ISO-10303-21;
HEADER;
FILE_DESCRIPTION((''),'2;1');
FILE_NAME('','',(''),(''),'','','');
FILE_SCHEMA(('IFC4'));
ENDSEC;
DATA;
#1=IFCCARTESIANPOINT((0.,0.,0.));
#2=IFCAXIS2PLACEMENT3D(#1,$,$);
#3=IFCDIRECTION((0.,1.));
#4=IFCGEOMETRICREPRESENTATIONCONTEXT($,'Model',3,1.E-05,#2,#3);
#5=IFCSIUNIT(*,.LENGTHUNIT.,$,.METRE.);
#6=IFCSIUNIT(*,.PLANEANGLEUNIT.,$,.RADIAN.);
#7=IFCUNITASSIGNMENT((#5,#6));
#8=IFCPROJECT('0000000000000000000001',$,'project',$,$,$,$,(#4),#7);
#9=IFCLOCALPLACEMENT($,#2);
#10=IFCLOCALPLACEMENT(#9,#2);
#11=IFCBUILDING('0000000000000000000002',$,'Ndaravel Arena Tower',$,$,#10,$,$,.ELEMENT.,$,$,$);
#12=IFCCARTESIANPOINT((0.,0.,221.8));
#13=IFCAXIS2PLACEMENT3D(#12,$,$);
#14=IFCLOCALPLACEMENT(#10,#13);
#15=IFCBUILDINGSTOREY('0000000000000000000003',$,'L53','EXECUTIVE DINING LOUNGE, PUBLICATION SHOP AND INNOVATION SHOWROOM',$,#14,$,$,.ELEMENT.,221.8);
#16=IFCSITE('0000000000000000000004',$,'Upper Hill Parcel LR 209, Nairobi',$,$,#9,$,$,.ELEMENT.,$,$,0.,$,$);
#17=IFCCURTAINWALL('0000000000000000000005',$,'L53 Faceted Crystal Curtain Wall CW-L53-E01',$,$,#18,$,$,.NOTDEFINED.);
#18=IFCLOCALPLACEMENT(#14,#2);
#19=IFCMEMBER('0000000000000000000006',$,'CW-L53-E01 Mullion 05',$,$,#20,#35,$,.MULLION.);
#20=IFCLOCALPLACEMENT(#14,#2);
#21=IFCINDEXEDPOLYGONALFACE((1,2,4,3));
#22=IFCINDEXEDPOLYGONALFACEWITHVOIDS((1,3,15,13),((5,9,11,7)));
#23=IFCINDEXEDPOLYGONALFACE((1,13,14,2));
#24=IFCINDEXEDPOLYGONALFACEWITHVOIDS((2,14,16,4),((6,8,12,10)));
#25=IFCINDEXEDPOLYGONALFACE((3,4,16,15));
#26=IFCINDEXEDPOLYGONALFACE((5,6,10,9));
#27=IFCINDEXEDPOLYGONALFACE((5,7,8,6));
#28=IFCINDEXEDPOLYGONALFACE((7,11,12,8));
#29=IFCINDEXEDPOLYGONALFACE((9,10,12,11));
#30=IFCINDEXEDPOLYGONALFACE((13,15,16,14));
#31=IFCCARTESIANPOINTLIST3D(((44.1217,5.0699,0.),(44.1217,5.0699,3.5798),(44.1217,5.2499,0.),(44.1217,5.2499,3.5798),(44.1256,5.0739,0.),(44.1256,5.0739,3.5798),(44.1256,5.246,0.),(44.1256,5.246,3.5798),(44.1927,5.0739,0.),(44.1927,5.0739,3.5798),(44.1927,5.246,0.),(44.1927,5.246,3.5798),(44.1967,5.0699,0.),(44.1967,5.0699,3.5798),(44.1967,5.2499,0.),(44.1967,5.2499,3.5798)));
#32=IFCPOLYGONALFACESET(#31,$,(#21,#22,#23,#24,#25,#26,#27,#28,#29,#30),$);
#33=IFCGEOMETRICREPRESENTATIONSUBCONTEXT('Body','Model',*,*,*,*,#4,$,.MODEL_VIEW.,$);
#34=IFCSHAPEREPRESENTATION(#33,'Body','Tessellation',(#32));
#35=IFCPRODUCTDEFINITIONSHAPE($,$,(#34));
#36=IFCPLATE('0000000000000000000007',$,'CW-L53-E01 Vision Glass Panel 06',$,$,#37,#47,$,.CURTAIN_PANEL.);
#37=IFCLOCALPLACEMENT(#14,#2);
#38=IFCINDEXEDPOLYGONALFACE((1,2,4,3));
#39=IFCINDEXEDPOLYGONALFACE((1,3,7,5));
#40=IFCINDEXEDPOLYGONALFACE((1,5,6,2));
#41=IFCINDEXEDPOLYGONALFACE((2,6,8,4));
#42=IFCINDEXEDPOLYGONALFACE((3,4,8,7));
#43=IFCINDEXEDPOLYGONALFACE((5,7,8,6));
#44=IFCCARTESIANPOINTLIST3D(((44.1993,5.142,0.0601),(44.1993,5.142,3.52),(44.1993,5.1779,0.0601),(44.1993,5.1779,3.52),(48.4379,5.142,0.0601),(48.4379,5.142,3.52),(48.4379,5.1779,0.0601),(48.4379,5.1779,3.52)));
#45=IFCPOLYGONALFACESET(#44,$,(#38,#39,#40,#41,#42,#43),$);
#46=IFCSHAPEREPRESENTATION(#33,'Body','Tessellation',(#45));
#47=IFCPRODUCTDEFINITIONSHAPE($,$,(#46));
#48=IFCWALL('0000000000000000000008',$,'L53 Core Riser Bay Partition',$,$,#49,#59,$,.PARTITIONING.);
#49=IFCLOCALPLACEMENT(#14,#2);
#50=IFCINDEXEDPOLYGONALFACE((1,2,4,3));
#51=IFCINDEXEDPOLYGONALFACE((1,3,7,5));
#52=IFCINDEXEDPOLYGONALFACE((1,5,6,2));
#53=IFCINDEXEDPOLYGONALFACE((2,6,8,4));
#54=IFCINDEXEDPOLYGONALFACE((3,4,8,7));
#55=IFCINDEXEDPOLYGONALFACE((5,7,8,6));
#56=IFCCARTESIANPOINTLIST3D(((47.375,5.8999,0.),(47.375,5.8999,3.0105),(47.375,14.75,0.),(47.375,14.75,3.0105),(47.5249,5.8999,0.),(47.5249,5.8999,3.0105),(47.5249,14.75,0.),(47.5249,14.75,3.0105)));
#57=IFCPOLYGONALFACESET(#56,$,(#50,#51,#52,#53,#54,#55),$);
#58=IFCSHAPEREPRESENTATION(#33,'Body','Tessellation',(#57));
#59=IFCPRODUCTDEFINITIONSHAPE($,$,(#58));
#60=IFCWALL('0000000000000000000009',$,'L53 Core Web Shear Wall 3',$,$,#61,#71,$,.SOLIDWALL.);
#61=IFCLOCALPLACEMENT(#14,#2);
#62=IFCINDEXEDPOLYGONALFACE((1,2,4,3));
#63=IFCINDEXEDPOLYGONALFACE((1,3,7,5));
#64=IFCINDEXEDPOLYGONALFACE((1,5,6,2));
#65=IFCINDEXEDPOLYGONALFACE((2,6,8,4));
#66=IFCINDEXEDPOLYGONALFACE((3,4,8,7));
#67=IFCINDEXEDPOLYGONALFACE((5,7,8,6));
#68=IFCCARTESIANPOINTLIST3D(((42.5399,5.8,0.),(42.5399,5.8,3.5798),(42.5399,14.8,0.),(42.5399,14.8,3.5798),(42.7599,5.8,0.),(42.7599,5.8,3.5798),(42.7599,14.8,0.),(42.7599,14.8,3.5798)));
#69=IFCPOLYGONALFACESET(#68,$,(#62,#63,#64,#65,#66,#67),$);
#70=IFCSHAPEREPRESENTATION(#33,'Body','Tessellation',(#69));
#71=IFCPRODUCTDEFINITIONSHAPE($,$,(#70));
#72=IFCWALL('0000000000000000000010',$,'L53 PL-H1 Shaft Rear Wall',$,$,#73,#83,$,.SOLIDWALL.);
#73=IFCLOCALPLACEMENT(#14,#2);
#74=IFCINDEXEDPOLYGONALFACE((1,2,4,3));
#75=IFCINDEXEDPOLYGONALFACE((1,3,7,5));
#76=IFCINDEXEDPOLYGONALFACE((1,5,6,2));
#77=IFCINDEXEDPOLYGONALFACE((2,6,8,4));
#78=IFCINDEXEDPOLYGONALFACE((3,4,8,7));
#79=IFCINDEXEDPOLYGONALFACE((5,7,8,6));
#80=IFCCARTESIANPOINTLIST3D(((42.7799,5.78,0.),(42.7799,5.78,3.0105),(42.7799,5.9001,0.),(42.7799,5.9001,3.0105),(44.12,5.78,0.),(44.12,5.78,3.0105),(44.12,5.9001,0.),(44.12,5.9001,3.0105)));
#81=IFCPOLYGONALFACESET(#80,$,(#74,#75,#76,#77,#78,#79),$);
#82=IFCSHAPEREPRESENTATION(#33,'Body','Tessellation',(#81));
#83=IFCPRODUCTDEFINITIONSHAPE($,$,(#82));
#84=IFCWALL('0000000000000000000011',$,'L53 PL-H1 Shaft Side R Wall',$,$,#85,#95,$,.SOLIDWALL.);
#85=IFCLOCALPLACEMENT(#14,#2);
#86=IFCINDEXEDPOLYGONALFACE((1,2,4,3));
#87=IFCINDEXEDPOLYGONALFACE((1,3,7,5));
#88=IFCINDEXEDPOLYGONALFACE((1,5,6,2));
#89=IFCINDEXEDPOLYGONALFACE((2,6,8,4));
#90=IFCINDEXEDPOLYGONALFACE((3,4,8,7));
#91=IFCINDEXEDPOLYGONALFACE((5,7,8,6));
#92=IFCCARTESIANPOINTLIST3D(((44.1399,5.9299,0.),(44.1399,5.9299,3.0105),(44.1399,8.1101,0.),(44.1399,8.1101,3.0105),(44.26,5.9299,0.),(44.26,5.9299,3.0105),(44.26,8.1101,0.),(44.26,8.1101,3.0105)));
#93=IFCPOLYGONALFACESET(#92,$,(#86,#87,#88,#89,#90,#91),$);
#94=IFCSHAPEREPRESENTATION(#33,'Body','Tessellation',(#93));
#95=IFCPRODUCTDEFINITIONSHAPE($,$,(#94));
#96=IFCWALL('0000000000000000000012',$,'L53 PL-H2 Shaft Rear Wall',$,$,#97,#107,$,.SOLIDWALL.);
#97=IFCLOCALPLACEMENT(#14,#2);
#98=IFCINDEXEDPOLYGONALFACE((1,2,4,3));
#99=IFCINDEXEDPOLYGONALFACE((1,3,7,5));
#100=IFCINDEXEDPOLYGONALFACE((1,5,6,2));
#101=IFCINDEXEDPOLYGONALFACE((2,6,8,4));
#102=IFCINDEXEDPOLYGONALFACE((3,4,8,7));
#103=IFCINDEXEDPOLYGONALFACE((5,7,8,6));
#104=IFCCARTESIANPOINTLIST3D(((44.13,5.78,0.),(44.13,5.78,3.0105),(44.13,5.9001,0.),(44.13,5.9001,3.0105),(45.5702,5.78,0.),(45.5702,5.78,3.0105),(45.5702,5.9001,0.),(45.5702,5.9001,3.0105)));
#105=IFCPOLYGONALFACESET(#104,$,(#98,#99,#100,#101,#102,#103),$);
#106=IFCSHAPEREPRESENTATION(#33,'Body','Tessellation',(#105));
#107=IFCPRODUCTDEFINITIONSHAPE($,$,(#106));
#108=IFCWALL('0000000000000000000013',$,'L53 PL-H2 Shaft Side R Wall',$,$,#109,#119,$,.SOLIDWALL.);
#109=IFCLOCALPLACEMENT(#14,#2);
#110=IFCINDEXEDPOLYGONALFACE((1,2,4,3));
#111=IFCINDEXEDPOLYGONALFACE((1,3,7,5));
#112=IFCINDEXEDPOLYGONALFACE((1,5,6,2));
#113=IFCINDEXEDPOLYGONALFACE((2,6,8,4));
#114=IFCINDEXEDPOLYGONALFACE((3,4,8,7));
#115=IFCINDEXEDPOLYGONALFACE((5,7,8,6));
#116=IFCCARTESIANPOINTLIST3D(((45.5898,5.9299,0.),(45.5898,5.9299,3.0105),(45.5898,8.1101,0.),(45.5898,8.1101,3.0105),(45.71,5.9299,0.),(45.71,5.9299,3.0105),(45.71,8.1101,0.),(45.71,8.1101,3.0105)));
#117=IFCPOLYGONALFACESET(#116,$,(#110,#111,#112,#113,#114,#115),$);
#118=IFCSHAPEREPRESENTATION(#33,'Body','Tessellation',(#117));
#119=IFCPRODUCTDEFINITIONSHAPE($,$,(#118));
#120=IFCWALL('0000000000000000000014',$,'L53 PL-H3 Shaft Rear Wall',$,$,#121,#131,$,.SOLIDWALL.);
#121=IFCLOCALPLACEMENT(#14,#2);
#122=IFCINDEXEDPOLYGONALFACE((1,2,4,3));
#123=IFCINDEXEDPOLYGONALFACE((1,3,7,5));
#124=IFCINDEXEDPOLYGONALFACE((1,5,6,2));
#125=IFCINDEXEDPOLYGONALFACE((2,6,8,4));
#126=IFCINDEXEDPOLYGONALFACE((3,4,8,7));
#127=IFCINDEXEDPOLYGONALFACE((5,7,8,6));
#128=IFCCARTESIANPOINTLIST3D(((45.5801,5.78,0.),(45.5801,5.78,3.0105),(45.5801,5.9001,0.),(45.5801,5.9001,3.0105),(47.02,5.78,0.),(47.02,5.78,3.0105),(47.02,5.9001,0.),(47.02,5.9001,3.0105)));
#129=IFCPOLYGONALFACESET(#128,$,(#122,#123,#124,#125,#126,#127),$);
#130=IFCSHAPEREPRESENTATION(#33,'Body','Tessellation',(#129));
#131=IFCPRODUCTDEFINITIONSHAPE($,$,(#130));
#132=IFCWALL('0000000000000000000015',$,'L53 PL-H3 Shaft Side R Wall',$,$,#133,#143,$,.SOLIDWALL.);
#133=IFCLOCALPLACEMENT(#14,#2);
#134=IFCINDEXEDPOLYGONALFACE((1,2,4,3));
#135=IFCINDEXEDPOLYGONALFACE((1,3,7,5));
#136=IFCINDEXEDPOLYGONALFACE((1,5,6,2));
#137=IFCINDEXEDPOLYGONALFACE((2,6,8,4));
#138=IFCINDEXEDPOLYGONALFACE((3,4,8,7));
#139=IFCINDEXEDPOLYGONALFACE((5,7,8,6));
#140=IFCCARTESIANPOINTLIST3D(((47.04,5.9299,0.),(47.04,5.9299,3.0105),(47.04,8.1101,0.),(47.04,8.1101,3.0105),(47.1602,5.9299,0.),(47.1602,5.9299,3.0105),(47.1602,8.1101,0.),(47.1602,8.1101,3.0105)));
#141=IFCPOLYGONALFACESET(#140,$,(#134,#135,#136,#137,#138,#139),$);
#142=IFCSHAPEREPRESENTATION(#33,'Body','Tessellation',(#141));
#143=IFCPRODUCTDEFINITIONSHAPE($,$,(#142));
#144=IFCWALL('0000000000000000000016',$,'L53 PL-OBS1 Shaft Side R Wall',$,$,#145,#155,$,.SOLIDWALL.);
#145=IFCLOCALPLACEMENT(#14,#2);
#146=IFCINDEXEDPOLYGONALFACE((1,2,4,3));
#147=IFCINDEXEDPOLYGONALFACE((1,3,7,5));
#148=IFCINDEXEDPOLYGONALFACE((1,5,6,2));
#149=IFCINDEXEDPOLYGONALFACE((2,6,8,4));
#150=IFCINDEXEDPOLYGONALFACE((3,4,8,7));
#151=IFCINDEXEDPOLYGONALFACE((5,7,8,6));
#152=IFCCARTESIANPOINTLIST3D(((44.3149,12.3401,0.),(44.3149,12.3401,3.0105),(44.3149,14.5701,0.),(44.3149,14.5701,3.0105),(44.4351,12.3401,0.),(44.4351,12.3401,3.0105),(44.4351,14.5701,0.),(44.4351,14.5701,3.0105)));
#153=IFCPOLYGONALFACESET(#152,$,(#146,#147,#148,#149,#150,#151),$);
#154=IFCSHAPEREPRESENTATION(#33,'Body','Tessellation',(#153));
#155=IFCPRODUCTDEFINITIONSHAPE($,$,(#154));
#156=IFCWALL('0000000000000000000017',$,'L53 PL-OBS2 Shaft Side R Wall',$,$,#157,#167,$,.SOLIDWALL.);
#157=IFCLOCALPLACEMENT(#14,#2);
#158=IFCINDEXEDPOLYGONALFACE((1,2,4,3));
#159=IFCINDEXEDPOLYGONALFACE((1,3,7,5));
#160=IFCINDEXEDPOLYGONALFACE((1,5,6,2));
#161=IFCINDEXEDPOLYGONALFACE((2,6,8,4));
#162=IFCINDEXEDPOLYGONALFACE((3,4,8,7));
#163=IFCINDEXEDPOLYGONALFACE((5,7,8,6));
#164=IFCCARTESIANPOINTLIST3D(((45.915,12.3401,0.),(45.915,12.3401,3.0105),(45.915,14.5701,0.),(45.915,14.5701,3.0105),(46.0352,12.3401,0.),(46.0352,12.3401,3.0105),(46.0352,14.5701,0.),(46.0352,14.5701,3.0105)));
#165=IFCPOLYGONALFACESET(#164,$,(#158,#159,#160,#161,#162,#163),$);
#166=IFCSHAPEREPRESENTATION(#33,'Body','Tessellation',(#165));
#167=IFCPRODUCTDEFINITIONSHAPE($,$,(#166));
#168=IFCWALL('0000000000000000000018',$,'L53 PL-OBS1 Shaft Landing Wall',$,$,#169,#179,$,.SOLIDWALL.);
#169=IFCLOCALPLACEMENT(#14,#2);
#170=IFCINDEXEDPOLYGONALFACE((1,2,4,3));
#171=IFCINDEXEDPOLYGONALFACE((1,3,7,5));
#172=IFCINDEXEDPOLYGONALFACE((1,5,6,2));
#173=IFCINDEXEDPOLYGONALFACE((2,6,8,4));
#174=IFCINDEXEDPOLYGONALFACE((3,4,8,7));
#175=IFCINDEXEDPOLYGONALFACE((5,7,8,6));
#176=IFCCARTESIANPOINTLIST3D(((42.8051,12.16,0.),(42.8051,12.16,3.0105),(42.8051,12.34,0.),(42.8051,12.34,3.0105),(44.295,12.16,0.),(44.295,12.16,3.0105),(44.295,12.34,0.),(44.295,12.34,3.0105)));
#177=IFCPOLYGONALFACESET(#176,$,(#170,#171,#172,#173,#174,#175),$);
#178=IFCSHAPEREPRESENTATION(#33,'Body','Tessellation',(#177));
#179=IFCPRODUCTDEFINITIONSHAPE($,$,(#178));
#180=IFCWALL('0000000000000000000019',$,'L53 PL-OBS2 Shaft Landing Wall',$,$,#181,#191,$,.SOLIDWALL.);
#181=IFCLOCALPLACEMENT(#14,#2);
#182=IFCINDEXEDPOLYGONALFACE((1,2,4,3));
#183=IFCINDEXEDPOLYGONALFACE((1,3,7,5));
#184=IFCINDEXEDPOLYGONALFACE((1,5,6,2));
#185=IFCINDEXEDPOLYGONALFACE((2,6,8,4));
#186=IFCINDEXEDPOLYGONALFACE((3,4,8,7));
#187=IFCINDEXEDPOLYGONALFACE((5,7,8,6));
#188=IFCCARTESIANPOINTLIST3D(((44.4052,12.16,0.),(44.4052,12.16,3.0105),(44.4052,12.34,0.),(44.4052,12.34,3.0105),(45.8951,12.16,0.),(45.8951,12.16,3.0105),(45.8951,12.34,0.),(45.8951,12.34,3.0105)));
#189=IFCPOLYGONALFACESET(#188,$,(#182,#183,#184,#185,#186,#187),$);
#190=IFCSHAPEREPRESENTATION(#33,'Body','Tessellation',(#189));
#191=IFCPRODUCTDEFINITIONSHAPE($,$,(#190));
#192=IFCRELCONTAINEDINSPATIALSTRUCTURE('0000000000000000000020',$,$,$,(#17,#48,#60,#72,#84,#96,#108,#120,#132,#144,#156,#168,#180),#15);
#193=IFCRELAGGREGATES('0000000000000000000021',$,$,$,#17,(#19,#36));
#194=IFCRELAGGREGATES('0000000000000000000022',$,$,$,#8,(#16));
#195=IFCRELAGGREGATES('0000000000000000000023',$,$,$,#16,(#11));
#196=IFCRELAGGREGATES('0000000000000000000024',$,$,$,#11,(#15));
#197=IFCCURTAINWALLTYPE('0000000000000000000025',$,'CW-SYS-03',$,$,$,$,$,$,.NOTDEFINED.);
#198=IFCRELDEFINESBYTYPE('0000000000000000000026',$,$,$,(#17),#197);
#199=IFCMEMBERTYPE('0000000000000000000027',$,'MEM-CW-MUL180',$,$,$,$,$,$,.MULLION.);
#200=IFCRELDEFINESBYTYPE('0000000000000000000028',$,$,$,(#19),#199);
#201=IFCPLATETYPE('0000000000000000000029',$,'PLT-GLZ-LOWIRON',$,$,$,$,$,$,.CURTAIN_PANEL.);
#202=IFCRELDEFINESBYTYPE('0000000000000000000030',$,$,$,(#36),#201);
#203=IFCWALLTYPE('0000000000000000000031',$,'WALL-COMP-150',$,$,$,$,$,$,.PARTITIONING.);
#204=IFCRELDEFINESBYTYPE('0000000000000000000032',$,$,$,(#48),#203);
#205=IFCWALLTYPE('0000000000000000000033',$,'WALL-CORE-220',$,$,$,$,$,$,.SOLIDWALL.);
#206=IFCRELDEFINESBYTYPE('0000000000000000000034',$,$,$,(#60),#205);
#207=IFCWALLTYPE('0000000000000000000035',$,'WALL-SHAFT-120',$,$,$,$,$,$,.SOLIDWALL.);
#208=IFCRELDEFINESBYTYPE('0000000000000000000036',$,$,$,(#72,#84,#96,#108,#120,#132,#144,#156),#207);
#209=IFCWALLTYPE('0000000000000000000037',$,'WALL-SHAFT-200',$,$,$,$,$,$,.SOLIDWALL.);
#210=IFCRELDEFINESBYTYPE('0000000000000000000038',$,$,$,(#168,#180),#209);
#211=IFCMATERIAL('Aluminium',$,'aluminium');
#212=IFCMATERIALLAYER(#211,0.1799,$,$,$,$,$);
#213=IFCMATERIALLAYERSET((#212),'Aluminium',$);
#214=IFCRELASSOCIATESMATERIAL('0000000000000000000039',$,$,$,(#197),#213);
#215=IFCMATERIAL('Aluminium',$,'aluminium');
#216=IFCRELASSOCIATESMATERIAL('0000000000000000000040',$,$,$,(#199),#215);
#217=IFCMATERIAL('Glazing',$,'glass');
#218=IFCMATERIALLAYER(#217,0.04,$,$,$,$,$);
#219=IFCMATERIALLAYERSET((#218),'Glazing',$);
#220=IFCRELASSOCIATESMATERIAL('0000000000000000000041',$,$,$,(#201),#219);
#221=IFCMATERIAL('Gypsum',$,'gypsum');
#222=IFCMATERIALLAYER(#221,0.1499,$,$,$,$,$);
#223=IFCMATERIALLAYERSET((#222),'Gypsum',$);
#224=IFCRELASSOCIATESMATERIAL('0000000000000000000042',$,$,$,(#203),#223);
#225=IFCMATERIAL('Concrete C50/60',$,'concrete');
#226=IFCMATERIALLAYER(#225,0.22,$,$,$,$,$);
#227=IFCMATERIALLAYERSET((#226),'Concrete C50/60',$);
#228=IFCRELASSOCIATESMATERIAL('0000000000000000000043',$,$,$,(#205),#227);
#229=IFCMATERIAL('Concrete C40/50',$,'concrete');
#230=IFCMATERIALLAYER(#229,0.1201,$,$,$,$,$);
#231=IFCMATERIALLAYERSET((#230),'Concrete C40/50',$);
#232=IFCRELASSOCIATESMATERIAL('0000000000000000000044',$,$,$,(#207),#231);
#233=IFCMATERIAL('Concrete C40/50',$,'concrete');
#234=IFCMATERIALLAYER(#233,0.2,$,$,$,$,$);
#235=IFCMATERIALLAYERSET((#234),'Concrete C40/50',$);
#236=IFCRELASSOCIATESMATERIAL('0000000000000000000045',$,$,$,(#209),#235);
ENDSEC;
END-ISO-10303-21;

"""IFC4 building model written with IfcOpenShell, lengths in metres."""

from ifc_helpers import new_model, si_unit, direction, frame, frame_2d, origin, origin_2d, place, context, subcontext, project, spatial, rectangle, hollow_rectangle, extrude, material, layer, layer_set, material_profile, profile_set, type_object, element, aggregate, save


model = new_model("IFC4")

# Units and contexts
model_context = context("Model", 3, precision=1e-05, world=origin(), true_north=direction((0.0, 1.0)))
body_context = subcontext(model_context, "Body", "Model", "MODEL_VIEW")
ifc_project = project(units=[si_unit("LENGTHUNIT", "METRE"), si_unit("PLANEANGLEUNIT", "RADIAN")], contexts=[model_context])

# Site, building, storey
site_placement = place(None, origin())
site = spatial("IfcSite", under=ifc_project, at=site_placement, Name="Upper Hill Parcel LR 209, Nairobi", CompositionType="ELEMENT", RefElevation=0.0)
building_placement = place(site_placement, origin())
building = spatial("IfcBuilding", under=site, at=building_placement, Name="Ndaravel Arena Tower", CompositionType="ELEMENT")
storey_placement = place(building_placement, frame((0.0, 0.0, 221.8)))
storey = spatial("IfcBuildingStorey", under=building, at=storey_placement, Name="L53", Description="EXECUTIVE DINING LOUNGE, PUBLICATION SHOP AND INNOVATION SHOWROOM", CompositionType="ELEMENT", Elevation=221.8)

# Curtain wall, member, plate
ifc_material_1 = material(Name="Aluminium", Category="aluminium")
ifc_layer_1 = layer(ifc_material_1, 0.1799)
ifc_layer_set_1 = layer_set([ifc_layer_1], Name="Aluminium")
curtain_wall_type = type_object("IfcCurtainWallType", Name="CW-SYS-03", PredefinedType="NOTDEFINED", material=ifc_layer_set_1)
curtain_wall_placement = place(storey_placement, origin())
curtain_wall = element("IfcCurtainWall", 1, at=curtain_wall_placement, inside=storey, type_object=curtain_wall_type, Name="L53 Faceted Crystal Curtain Wall CW-L53-E01", PredefinedType="NOTDEFINED")
ifc_material_2 = material(Name="Aluminium", Category="aluminium")
ifc_material_profile = material_profile(ifc_material_2, hollow_rectangle(XDim=0.075, YDim=0.1799, WallThickness=0.0039, at=origin_2d()), Name="CW MULLION 75x180x4")
ifc_profile_set = profile_set([ifc_material_profile], Name="Aluminium")
member_type = type_object("IfcMemberType", Name="MEM-CW-MUL180", PredefinedType="MULLION", material=ifc_profile_set)
member_placement = place(storey_placement, frame((44.1592, 5.1599, 0.0), z_axis=(0.0, 0.0, 1.0), x_axis=(1.0, 0.0, 0.0)))
member = element("IfcMember", 2, at=member_placement, type_object=member_type, Name="CW-L53-E01 Mullion 05", PredefinedType="MULLION", context=body_context, shape_type="SweptSolid", body=[
    extrude(hollow_rectangle(XDim=0.075, YDim=0.1799, WallThickness=0.0039, at=origin_2d()), origin(), (0.0, 0.0, 1.0), 3.5798),
])
ifc_material_3 = material(Name="Glazing", Category="glass")
ifc_layer_2 = layer(ifc_material_3, 0.04)
ifc_layer_set_2 = layer_set([ifc_layer_2], Name="Glazing")
plate_type = type_object("IfcPlateType", Name="PLT-GLZ-LOWIRON", PredefinedType="CURTAIN_PANEL", material=ifc_layer_set_2)
plate_placement = place(storey_placement, frame((46.3186, 5.1599, 0.0601), z_axis=(0.0, 0.0, 1.0), x_axis=(1.0, 0.0, 0.0)))
plate = element("IfcPlate", 3, at=plate_placement, type_object=plate_type, Name="CW-L53-E01 Vision Glass Panel 06", PredefinedType="CURTAIN_PANEL", context=body_context, shape_type="SweptSolid", body=[
    extrude(rectangle(XDim=4.2385, YDim=0.0359, at=origin_2d()), origin(), (0.0, 0.0, 1.0), 3.46),
])
aggregate(curtain_wall, [member, plate])

# Walls
ifc_material_4 = material(Name="Gypsum", Category="gypsum")
ifc_layer_3 = layer(ifc_material_4, 0.1499)
ifc_layer_set_3 = layer_set([ifc_layer_3], Name="Gypsum")
wall_type_1 = type_object("IfcWallType", Name="WALL-COMP-150", PredefinedType="PARTITIONING", material=ifc_layer_set_3)
wall_1_placement = place(storey_placement, frame((47.45, 5.8999, 0.0), z_axis=(0.0, 0.0, 1.0), x_axis=(0.0, 1.0, 0.0)))
element("IfcWall", 4, at=wall_1_placement, inside=storey, type_object=wall_type_1, Name="L53 Core Riser Bay Partition", PredefinedType="PARTITIONING", context=body_context, shape_type="SweptSolid", body=[
    extrude(rectangle(XDim=8.8501, YDim=0.1499, at=frame_2d((4.425, 0.0))), origin(), (0.0, 0.0, 1.0), 3.0105),
])
ifc_material_5 = material(Name="Concrete C50/60", Category="concrete")
ifc_layer_4 = layer(ifc_material_5, 0.22)
ifc_layer_set_4 = layer_set([ifc_layer_4], Name="Concrete C50/60")
wall_type_2 = type_object("IfcWallType", Name="WALL-CORE-220", PredefinedType="SOLIDWALL", material=ifc_layer_set_4)
wall_2_placement = place(storey_placement, frame((42.6499, 5.8, 0.0), z_axis=(0.0, 0.0, 1.0), x_axis=(0.0, 1.0, 0.0)))
element("IfcWall", 5, at=wall_2_placement, inside=storey, type_object=wall_type_2, Name="L53 Core Web Shear Wall 3", PredefinedType="SOLIDWALL", context=body_context, shape_type="SweptSolid", body=[
    extrude(rectangle(XDim=9.0, YDim=0.22, at=frame_2d((4.5, 0.0))), origin(), (0.0, 0.0, 1.0), 3.5798),
])
ifc_material_6 = material(Name="Concrete C40/50", Category="concrete")
ifc_layer_5 = layer(ifc_material_6, 0.1201)
ifc_layer_set_5 = layer_set([ifc_layer_5], Name="Concrete C40/50")
wall_type_3 = type_object("IfcWallType", Name="WALL-SHAFT-120", PredefinedType="SOLIDWALL", material=ifc_layer_set_5)
wall_3_placement = place(storey_placement, frame((42.78, 5.8401, 0.0), z_axis=(0.0, 0.0, 1.0), x_axis=(1.0, 0.0, 0.0)))
element("IfcWall", 6, at=wall_3_placement, inside=storey, type_object=wall_type_3, Name="L53 PL-H1 Shaft Rear Wall", PredefinedType="SOLIDWALL", context=body_context, shape_type="SweptSolid", body=[
    extrude(rectangle(XDim=1.3401, YDim=0.1201, at=frame_2d((0.6699, 0.0))), origin(), (0.0, 0.0, 1.0), 3.0105),
])
wall_4_placement = place(storey_placement, frame((44.2, 5.9299, 0.0), z_axis=(0.0, 0.0, 1.0), x_axis=(0.0, 1.0, 0.0)))
element("IfcWall", 7, at=wall_4_placement, inside=storey, type_object=wall_type_3, Name="L53 PL-H1 Shaft Side R Wall", PredefinedType="SOLIDWALL", context=body_context, shape_type="SweptSolid", body=[
    extrude(rectangle(XDim=2.1802, YDim=0.1201, at=frame_2d((1.0901, 0.0))), origin(), (0.0, 0.0, 1.0), 3.0105),
])
wall_5_placement = place(storey_placement, frame((44.1299, 5.8401, 0.0), z_axis=(0.0, 0.0, 1.0), x_axis=(1.0, 0.0, 0.0)))
element("IfcWall", 8, at=wall_5_placement, inside=storey, type_object=wall_type_3, Name="L53 PL-H2 Shaft Rear Wall", PredefinedType="SOLIDWALL", context=body_context, shape_type="SweptSolid", body=[
    extrude(rectangle(XDim=1.4402, YDim=0.1201, at=frame_2d((0.7202, 0.0))), origin(), (0.0, 0.0, 1.0), 3.0105),
])
wall_6_placement = place(storey_placement, frame((45.6499, 5.9299, 0.0), z_axis=(0.0, 0.0, 1.0), x_axis=(0.0, 1.0, 0.0)))
element("IfcWall", 9, at=wall_6_placement, inside=storey, type_object=wall_type_3, Name="L53 PL-H2 Shaft Side R Wall", PredefinedType="SOLIDWALL", context=body_context, shape_type="SweptSolid", body=[
    extrude(rectangle(XDim=2.1802, YDim=0.1201, at=frame_2d((1.0901, 0.0))), origin(), (0.0, 0.0, 1.0), 3.0105),
])
wall_7_placement = place(storey_placement, frame((45.5801, 5.8401, 0.0), z_axis=(0.0, 0.0, 1.0), x_axis=(1.0, 0.0, 0.0)))
element("IfcWall", 10, at=wall_7_placement, inside=storey, type_object=wall_type_3, Name="L53 PL-H3 Shaft Rear Wall", PredefinedType="SOLIDWALL", context=body_context, shape_type="SweptSolid", body=[
    extrude(rectangle(XDim=1.4399, YDim=0.1201, at=frame_2d((0.72, 0.0))), origin(), (0.0, 0.0, 1.0), 3.0105),
])
wall_8_placement = place(storey_placement, frame((47.1001, 5.9299, 0.0), z_axis=(0.0, 0.0, 1.0), x_axis=(0.0, 1.0, 0.0)))
element("IfcWall", 11, at=wall_8_placement, inside=storey, type_object=wall_type_3, Name="L53 PL-H3 Shaft Side R Wall", PredefinedType="SOLIDWALL", context=body_context, shape_type="SweptSolid", body=[
    extrude(rectangle(XDim=2.1802, YDim=0.1201, at=frame_2d((1.0901, 0.0))), origin(), (0.0, 0.0, 1.0), 3.0105),
])
for number, where, z_axis, x_axis, name in (
    (12, (44.375, 12.3401, 0.0), (0.0, 0.0, 1.0), (0.0, 1.0, 0.0), "L53 PL-OBS1 Shaft Side R Wall"),
    (13, (45.9751, 12.3401, 0.0), (0.0, 0.0, 1.0), (0.0, 1.0, 0.0), "L53 PL-OBS2 Shaft Side R Wall"),
):
    element("IfcWall", number, at=place(storey_placement, frame(where, z_axis=z_axis, x_axis=x_axis)), inside=storey, type_object=wall_type_3, Name=name, PredefinedType="SOLIDWALL", context=body_context, shape_type="SweptSolid", body=[
        extrude(rectangle(XDim=2.23, YDim=0.1201, at=frame_2d((1.115, 0.0))), origin(), (0.0, 0.0, 1.0), 3.0105),
    ])

# Shared definitions
ifc_material_7 = material(Name="Concrete C40/50", Category="concrete")
ifc_layer_6 = layer(ifc_material_7, 0.2)
ifc_layer_set_6 = layer_set([ifc_layer_6], Name="Concrete C40/50")
wall_type_4 = type_object("IfcWallType", Name="WALL-SHAFT-200", PredefinedType="SOLIDWALL", material=ifc_layer_set_6)

# Walls
for number, where, z_axis, x_axis, name in (
    (14, (42.8049, 12.25, 0.0), (0.0, 0.0, 1.0), (1.0, 0.0, 0.0), "L53 PL-OBS1 Shaft Landing Wall"),
    (15, (44.405, 12.25, 0.0), (0.0, 0.0, 1.0), (1.0, 0.0, 0.0), "L53 PL-OBS2 Shaft Landing Wall"),
):
    element("IfcWall", number, at=place(storey_placement, frame(where, z_axis=z_axis, x_axis=x_axis)), inside=storey, type_object=wall_type_4, Name=name, PredefinedType="SOLIDWALL", context=body_context, shape_type="SweptSolid", body=[
        extrude(rectangle(XDim=1.49, YDim=0.1799, at=frame_2d((0.7451, 0.0))), origin(), (0.0, 0.0, 1.0), 3.0105),
    ])

save(model, "model.ifc")
